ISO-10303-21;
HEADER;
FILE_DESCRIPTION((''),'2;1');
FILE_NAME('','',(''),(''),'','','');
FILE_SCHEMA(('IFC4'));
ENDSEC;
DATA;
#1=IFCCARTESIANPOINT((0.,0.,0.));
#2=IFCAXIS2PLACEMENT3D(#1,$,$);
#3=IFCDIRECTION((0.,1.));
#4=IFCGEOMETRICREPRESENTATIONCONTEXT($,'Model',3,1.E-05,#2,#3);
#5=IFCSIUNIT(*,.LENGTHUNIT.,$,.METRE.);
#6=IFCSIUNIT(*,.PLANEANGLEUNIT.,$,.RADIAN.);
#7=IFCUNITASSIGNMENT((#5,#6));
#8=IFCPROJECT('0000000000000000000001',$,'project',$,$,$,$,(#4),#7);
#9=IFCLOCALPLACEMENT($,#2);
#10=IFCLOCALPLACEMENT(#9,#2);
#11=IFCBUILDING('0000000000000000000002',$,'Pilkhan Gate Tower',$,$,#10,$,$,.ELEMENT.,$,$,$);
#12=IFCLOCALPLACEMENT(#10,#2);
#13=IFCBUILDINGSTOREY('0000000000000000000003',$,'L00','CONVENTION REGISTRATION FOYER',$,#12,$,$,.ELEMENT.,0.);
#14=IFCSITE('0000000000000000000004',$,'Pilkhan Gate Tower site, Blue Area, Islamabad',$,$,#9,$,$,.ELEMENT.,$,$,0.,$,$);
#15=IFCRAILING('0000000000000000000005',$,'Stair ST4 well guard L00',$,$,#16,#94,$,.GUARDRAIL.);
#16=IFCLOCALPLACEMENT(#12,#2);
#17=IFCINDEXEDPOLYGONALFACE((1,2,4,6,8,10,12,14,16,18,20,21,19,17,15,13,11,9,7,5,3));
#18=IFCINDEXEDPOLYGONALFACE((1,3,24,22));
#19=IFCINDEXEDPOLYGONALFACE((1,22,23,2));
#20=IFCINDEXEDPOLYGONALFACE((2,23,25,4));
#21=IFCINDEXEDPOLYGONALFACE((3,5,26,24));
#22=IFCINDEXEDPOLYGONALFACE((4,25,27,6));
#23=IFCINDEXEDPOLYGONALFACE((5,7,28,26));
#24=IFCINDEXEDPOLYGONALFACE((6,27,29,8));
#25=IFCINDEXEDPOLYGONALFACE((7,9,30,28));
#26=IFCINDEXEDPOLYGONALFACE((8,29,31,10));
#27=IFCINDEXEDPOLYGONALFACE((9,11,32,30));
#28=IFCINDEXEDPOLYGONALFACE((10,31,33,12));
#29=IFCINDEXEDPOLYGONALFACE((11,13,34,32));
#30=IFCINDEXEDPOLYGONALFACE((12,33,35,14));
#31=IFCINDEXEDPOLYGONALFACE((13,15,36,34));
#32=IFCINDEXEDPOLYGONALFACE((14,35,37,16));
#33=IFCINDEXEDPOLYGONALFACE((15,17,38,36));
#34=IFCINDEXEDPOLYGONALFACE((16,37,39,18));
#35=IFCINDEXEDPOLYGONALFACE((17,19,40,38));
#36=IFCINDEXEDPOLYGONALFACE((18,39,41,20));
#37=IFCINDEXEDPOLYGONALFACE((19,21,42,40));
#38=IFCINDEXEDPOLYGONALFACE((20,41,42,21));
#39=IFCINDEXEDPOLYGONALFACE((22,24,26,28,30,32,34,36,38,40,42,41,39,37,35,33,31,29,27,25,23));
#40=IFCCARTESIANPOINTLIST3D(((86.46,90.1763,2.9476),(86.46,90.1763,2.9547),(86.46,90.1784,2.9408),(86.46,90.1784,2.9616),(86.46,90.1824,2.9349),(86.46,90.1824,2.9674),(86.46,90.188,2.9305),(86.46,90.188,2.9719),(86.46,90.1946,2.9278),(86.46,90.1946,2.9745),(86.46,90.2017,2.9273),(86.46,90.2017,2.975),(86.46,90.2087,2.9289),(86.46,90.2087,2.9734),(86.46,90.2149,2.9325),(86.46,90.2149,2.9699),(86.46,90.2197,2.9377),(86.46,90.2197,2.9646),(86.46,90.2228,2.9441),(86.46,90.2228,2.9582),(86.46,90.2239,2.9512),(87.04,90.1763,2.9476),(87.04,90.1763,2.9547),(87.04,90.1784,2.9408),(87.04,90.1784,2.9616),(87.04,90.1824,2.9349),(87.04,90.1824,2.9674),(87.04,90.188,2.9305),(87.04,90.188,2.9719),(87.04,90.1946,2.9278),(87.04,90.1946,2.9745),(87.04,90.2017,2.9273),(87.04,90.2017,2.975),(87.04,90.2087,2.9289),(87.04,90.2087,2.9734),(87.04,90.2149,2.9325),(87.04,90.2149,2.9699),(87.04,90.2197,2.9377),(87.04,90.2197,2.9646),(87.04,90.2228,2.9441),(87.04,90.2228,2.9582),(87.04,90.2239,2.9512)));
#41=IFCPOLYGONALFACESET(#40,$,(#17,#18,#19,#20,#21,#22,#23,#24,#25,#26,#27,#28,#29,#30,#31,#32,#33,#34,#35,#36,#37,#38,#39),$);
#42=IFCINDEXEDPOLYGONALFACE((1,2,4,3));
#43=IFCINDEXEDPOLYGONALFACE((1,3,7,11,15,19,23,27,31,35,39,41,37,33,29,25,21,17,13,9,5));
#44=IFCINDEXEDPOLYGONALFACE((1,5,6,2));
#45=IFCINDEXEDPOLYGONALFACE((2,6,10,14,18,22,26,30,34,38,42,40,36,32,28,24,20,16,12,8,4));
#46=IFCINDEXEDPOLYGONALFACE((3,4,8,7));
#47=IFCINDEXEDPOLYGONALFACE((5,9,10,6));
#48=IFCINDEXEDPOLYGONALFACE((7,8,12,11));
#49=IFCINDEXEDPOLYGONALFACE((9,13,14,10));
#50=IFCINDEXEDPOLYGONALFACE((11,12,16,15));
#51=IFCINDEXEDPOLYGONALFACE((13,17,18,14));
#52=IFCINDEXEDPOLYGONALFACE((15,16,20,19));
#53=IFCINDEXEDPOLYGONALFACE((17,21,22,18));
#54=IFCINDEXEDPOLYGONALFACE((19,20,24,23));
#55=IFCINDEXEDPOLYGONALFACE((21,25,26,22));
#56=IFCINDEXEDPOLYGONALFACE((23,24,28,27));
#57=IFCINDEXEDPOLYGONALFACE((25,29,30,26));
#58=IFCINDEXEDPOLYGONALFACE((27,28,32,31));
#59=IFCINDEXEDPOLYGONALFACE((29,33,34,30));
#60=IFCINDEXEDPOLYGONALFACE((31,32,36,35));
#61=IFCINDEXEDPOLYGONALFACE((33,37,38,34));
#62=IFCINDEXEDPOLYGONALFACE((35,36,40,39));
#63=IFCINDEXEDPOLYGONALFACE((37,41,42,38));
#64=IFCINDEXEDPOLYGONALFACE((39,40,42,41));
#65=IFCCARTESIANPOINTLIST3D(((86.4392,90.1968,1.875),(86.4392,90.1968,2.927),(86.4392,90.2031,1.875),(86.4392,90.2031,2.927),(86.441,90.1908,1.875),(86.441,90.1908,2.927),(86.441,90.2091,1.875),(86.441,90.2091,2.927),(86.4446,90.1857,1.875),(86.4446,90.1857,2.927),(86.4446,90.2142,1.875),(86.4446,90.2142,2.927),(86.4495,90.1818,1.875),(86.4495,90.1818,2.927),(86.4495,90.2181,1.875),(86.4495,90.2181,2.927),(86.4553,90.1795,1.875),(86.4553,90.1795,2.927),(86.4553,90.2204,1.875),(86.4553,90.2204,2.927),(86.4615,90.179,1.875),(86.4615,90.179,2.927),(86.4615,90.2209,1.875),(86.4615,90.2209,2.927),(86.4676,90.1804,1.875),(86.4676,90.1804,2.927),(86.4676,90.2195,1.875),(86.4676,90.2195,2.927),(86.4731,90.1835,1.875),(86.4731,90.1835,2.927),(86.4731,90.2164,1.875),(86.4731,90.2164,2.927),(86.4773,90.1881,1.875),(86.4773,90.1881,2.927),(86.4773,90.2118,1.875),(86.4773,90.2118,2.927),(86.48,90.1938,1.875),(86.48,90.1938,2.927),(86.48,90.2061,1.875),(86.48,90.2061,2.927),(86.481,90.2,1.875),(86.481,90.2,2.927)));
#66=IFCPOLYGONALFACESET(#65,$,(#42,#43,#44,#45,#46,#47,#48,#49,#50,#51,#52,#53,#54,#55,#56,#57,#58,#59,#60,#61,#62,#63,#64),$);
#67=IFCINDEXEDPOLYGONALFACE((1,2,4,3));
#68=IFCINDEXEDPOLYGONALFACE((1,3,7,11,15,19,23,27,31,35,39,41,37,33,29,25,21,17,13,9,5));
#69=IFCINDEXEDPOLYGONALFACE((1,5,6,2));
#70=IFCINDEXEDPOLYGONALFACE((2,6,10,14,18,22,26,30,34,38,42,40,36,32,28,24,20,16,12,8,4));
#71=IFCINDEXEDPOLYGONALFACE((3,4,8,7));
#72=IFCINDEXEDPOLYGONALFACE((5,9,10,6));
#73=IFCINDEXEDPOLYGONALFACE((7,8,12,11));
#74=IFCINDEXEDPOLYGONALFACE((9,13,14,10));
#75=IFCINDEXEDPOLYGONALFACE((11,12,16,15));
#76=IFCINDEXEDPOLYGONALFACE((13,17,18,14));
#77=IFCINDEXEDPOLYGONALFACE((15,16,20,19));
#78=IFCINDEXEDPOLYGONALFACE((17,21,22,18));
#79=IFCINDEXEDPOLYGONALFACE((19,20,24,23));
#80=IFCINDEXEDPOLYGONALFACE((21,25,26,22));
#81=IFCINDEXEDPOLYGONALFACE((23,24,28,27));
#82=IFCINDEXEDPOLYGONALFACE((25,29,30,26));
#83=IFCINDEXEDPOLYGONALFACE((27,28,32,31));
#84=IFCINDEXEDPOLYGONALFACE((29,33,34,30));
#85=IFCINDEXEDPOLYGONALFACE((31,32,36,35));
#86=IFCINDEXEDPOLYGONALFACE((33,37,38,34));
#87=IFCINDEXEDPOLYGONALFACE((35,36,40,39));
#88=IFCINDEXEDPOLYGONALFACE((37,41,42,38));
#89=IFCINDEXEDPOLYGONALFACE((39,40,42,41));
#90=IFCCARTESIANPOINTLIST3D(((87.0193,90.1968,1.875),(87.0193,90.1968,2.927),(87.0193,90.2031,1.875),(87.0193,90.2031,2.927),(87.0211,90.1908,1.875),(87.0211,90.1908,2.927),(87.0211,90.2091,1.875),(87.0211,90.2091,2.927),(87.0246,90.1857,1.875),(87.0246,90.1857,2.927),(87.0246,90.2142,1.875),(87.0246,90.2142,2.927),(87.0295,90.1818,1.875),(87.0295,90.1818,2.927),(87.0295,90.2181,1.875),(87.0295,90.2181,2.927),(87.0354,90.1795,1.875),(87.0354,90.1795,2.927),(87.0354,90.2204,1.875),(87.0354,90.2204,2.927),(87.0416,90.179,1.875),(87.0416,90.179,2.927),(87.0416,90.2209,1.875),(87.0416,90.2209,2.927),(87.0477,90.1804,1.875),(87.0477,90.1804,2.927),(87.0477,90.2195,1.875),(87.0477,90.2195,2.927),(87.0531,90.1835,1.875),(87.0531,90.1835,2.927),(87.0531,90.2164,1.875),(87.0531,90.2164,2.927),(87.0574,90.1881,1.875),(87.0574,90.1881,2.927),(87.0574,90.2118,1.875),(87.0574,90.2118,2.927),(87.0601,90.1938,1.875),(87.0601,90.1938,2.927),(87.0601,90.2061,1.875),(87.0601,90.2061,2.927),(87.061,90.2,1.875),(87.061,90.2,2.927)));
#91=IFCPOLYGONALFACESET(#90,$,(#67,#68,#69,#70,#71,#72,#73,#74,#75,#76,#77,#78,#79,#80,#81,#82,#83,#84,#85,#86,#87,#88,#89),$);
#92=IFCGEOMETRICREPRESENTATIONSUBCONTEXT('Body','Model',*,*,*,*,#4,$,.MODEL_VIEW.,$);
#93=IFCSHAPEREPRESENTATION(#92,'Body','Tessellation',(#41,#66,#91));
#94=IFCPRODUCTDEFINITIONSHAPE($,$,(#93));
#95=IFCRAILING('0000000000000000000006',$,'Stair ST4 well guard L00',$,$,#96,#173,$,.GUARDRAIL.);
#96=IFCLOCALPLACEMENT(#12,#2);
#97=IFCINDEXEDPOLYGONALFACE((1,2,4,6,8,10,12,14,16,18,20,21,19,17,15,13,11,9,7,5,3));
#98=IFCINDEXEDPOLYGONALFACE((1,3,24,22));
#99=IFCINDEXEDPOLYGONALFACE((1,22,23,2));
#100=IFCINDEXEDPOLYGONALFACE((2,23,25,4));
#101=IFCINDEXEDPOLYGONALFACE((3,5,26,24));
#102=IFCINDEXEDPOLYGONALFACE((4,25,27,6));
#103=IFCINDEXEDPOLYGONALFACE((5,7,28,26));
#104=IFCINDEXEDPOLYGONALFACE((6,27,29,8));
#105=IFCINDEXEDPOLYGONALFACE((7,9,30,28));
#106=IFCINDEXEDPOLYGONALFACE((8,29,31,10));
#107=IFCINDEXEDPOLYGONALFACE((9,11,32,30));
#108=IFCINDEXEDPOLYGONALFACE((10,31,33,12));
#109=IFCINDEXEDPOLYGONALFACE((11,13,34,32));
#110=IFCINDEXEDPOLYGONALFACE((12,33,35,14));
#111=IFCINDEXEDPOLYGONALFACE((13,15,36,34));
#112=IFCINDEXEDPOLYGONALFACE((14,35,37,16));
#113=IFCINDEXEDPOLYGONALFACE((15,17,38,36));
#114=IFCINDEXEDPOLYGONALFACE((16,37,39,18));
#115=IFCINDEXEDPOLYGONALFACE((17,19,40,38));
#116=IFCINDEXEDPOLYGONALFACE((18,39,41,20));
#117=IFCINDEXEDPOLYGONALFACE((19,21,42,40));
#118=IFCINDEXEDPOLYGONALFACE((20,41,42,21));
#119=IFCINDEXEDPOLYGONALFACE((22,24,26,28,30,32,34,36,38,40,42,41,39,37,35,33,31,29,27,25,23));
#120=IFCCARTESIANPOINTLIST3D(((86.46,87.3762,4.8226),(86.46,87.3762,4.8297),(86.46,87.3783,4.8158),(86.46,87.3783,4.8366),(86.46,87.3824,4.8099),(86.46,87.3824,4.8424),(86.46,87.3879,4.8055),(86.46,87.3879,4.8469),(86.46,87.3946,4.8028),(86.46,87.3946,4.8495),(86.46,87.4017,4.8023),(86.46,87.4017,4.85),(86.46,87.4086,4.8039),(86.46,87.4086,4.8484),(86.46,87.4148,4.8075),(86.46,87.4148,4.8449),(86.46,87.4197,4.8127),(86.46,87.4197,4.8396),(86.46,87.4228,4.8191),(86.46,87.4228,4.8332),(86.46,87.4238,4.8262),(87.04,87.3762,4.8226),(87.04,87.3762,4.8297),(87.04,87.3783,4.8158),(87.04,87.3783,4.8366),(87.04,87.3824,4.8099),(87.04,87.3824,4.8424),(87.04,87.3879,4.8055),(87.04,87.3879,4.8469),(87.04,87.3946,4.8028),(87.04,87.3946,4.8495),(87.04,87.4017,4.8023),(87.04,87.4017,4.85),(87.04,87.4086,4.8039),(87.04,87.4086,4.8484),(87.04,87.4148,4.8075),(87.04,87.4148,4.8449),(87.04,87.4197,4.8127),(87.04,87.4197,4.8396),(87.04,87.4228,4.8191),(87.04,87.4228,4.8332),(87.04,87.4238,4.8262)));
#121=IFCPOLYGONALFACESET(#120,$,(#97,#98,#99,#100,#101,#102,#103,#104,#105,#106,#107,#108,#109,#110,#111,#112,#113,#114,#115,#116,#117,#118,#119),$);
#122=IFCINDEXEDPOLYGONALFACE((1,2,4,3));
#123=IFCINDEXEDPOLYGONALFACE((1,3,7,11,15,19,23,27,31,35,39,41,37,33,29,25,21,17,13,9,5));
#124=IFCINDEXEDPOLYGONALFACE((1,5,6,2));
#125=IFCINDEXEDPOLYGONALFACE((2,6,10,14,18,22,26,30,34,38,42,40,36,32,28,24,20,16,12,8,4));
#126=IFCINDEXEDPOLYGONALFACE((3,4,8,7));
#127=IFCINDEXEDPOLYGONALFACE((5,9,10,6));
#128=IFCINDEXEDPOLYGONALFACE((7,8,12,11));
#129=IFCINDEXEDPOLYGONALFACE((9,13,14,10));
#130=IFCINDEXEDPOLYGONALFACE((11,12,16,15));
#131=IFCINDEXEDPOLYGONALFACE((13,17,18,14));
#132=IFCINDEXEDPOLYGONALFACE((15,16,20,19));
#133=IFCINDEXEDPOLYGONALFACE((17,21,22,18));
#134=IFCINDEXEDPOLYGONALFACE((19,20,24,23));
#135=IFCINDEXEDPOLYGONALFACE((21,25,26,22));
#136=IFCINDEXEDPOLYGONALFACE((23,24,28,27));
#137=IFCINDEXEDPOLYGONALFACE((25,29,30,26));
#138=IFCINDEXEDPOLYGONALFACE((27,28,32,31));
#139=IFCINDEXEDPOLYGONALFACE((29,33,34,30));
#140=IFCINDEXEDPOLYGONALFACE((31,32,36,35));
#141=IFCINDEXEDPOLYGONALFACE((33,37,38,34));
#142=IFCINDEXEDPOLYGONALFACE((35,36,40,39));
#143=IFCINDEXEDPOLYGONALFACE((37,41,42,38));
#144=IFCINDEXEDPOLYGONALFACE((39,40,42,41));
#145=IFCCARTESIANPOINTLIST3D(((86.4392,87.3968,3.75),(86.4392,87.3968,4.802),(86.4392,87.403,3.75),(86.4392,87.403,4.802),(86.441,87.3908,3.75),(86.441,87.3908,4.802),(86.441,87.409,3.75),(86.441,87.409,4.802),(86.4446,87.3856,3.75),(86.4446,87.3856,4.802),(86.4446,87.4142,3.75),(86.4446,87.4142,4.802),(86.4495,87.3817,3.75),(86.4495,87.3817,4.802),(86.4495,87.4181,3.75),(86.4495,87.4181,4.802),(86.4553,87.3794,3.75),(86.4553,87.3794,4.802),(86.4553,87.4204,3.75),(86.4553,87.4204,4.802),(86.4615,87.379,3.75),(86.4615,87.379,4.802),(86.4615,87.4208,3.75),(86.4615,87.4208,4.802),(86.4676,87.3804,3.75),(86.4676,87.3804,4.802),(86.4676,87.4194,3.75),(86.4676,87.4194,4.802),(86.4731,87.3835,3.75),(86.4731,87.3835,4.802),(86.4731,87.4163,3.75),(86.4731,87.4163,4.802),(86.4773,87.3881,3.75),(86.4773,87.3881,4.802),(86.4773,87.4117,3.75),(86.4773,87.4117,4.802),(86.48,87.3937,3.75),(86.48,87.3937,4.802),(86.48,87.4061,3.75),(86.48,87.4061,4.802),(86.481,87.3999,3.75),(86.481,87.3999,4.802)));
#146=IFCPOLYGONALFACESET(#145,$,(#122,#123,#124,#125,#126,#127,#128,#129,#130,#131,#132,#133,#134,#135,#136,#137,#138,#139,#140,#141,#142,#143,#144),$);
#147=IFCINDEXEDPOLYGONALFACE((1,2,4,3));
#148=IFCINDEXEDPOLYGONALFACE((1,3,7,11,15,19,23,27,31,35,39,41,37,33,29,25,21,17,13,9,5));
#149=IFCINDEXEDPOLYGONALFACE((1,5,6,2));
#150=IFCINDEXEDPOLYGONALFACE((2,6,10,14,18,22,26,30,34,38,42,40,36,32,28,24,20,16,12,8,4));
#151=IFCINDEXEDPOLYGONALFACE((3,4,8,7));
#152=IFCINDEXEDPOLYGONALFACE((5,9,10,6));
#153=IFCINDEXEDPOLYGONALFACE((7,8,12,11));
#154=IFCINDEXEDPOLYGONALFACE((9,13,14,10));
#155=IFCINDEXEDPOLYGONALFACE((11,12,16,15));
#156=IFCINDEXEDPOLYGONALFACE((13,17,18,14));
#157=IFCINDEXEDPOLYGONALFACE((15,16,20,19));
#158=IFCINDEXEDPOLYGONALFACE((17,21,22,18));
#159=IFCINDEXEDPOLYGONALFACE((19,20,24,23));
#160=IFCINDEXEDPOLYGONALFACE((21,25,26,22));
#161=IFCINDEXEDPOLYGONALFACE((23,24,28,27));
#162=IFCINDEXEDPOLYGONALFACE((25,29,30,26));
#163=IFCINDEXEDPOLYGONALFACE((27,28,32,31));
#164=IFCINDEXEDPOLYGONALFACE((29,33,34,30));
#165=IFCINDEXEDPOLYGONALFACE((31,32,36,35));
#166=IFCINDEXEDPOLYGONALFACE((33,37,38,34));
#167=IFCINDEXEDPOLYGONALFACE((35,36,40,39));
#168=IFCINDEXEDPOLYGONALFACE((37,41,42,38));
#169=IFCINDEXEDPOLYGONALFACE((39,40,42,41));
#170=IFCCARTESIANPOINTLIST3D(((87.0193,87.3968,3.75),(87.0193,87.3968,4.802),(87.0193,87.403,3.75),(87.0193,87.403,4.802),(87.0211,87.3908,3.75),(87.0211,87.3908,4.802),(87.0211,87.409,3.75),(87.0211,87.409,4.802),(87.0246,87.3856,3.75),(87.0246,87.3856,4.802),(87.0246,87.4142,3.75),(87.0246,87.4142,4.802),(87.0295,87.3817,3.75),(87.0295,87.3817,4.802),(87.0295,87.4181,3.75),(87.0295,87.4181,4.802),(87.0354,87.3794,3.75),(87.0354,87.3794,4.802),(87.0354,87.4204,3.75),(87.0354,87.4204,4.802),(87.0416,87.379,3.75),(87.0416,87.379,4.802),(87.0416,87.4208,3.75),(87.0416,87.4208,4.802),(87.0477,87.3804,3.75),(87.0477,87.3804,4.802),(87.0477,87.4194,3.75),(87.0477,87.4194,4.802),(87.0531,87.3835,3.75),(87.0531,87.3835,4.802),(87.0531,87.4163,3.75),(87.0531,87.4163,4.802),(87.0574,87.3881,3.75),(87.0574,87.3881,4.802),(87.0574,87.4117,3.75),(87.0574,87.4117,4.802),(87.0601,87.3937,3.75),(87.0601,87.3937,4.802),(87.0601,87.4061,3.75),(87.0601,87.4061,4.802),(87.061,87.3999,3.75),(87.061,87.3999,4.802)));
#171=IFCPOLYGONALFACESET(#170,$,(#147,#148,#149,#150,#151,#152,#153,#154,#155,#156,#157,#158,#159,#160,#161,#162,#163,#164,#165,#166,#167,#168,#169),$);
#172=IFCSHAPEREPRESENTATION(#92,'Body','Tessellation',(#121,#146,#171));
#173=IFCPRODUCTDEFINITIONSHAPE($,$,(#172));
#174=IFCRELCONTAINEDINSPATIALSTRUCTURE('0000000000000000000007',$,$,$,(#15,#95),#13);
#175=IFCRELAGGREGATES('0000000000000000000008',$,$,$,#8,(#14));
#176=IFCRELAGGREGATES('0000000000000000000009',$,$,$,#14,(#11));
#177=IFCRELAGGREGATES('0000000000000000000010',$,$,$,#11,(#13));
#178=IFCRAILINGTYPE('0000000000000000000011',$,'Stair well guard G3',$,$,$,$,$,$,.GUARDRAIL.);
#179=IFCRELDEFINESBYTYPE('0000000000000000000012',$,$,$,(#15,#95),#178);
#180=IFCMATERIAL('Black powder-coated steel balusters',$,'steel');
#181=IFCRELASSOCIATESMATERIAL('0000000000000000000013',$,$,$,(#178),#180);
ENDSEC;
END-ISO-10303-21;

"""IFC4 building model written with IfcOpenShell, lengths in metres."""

from ifc_helpers import new_model, si_unit, direction, frame, origin, origin_2d, place, context, subcontext, project, spatial, circle, extrude, material, type_object, element, save


model = new_model("IFC4")

# Units and contexts
model_context = context("Model", 3, precision=1e-05, world=origin(), true_north=direction((0.0, 1.0)))
body_context = subcontext(model_context, "Body", "Model", "MODEL_VIEW")
ifc_project = project(units=[si_unit("LENGTHUNIT", "METRE"), si_unit("PLANEANGLEUNIT", "RADIAN")], contexts=[model_context])

# Site, building, storey
site_placement = place(None, origin())
site = spatial("IfcSite", under=ifc_project, at=site_placement, Name="Pilkhan Gate Tower site, Blue Area, Islamabad", CompositionType="ELEMENT", RefElevation=0.0)
building_placement = place(site_placement, origin())
building = spatial("IfcBuilding", under=site, at=building_placement, Name="Pilkhan Gate Tower", CompositionType="ELEMENT")
storey_placement = place(building_placement, origin())
storey = spatial("IfcBuildingStorey", under=building, at=storey_placement, Name="L00", Description="CONVENTION REGISTRATION FOYER", CompositionType="ELEMENT", Elevation=0.0)

# Railings
ifc_material_1 = material(Name="Black powder-coated steel balusters", Category="steel")
railing_type_1 = type_object("IfcRailingType", Name="Stair well guard G3", PredefinedType="GUARDRAIL", material=ifc_material_1)
for number, where, name in (
    (1, (86.46, 90.2, 1.875), "Stair ST4 well guard L00"),
    (2, (86.46, 87.3999, 3.75), "Stair ST4 well guard L00"),
):
    element("IfcRailing", number, at=place(storey_placement, frame(where)), inside=storey, type_object=railing_type_1, Name=name, PredefinedType="GUARDRAIL", context=body_context, shape_type="SweptSolid", body=[
        extrude(circle(Radius=0.0239, at=origin_2d()), frame((0.0, 0.0, 1.0762), z_axis=(1.0, 0.0, 0.0), x_axis=(0.0, 1.0, 0.0)), (0.0, 0.0, 1.0), 0.5801),
        extrude(circle(Radius=0.021, at=origin_2d()), origin(), (0.0, 0.0, 1.0), 1.052),
        extrude(circle(Radius=0.021, at=origin_2d()), frame((0.5801, 0.0, 0.0)), (0.0, 0.0, 1.0), 1.052),
    ])

save(model, "model.ifc")
